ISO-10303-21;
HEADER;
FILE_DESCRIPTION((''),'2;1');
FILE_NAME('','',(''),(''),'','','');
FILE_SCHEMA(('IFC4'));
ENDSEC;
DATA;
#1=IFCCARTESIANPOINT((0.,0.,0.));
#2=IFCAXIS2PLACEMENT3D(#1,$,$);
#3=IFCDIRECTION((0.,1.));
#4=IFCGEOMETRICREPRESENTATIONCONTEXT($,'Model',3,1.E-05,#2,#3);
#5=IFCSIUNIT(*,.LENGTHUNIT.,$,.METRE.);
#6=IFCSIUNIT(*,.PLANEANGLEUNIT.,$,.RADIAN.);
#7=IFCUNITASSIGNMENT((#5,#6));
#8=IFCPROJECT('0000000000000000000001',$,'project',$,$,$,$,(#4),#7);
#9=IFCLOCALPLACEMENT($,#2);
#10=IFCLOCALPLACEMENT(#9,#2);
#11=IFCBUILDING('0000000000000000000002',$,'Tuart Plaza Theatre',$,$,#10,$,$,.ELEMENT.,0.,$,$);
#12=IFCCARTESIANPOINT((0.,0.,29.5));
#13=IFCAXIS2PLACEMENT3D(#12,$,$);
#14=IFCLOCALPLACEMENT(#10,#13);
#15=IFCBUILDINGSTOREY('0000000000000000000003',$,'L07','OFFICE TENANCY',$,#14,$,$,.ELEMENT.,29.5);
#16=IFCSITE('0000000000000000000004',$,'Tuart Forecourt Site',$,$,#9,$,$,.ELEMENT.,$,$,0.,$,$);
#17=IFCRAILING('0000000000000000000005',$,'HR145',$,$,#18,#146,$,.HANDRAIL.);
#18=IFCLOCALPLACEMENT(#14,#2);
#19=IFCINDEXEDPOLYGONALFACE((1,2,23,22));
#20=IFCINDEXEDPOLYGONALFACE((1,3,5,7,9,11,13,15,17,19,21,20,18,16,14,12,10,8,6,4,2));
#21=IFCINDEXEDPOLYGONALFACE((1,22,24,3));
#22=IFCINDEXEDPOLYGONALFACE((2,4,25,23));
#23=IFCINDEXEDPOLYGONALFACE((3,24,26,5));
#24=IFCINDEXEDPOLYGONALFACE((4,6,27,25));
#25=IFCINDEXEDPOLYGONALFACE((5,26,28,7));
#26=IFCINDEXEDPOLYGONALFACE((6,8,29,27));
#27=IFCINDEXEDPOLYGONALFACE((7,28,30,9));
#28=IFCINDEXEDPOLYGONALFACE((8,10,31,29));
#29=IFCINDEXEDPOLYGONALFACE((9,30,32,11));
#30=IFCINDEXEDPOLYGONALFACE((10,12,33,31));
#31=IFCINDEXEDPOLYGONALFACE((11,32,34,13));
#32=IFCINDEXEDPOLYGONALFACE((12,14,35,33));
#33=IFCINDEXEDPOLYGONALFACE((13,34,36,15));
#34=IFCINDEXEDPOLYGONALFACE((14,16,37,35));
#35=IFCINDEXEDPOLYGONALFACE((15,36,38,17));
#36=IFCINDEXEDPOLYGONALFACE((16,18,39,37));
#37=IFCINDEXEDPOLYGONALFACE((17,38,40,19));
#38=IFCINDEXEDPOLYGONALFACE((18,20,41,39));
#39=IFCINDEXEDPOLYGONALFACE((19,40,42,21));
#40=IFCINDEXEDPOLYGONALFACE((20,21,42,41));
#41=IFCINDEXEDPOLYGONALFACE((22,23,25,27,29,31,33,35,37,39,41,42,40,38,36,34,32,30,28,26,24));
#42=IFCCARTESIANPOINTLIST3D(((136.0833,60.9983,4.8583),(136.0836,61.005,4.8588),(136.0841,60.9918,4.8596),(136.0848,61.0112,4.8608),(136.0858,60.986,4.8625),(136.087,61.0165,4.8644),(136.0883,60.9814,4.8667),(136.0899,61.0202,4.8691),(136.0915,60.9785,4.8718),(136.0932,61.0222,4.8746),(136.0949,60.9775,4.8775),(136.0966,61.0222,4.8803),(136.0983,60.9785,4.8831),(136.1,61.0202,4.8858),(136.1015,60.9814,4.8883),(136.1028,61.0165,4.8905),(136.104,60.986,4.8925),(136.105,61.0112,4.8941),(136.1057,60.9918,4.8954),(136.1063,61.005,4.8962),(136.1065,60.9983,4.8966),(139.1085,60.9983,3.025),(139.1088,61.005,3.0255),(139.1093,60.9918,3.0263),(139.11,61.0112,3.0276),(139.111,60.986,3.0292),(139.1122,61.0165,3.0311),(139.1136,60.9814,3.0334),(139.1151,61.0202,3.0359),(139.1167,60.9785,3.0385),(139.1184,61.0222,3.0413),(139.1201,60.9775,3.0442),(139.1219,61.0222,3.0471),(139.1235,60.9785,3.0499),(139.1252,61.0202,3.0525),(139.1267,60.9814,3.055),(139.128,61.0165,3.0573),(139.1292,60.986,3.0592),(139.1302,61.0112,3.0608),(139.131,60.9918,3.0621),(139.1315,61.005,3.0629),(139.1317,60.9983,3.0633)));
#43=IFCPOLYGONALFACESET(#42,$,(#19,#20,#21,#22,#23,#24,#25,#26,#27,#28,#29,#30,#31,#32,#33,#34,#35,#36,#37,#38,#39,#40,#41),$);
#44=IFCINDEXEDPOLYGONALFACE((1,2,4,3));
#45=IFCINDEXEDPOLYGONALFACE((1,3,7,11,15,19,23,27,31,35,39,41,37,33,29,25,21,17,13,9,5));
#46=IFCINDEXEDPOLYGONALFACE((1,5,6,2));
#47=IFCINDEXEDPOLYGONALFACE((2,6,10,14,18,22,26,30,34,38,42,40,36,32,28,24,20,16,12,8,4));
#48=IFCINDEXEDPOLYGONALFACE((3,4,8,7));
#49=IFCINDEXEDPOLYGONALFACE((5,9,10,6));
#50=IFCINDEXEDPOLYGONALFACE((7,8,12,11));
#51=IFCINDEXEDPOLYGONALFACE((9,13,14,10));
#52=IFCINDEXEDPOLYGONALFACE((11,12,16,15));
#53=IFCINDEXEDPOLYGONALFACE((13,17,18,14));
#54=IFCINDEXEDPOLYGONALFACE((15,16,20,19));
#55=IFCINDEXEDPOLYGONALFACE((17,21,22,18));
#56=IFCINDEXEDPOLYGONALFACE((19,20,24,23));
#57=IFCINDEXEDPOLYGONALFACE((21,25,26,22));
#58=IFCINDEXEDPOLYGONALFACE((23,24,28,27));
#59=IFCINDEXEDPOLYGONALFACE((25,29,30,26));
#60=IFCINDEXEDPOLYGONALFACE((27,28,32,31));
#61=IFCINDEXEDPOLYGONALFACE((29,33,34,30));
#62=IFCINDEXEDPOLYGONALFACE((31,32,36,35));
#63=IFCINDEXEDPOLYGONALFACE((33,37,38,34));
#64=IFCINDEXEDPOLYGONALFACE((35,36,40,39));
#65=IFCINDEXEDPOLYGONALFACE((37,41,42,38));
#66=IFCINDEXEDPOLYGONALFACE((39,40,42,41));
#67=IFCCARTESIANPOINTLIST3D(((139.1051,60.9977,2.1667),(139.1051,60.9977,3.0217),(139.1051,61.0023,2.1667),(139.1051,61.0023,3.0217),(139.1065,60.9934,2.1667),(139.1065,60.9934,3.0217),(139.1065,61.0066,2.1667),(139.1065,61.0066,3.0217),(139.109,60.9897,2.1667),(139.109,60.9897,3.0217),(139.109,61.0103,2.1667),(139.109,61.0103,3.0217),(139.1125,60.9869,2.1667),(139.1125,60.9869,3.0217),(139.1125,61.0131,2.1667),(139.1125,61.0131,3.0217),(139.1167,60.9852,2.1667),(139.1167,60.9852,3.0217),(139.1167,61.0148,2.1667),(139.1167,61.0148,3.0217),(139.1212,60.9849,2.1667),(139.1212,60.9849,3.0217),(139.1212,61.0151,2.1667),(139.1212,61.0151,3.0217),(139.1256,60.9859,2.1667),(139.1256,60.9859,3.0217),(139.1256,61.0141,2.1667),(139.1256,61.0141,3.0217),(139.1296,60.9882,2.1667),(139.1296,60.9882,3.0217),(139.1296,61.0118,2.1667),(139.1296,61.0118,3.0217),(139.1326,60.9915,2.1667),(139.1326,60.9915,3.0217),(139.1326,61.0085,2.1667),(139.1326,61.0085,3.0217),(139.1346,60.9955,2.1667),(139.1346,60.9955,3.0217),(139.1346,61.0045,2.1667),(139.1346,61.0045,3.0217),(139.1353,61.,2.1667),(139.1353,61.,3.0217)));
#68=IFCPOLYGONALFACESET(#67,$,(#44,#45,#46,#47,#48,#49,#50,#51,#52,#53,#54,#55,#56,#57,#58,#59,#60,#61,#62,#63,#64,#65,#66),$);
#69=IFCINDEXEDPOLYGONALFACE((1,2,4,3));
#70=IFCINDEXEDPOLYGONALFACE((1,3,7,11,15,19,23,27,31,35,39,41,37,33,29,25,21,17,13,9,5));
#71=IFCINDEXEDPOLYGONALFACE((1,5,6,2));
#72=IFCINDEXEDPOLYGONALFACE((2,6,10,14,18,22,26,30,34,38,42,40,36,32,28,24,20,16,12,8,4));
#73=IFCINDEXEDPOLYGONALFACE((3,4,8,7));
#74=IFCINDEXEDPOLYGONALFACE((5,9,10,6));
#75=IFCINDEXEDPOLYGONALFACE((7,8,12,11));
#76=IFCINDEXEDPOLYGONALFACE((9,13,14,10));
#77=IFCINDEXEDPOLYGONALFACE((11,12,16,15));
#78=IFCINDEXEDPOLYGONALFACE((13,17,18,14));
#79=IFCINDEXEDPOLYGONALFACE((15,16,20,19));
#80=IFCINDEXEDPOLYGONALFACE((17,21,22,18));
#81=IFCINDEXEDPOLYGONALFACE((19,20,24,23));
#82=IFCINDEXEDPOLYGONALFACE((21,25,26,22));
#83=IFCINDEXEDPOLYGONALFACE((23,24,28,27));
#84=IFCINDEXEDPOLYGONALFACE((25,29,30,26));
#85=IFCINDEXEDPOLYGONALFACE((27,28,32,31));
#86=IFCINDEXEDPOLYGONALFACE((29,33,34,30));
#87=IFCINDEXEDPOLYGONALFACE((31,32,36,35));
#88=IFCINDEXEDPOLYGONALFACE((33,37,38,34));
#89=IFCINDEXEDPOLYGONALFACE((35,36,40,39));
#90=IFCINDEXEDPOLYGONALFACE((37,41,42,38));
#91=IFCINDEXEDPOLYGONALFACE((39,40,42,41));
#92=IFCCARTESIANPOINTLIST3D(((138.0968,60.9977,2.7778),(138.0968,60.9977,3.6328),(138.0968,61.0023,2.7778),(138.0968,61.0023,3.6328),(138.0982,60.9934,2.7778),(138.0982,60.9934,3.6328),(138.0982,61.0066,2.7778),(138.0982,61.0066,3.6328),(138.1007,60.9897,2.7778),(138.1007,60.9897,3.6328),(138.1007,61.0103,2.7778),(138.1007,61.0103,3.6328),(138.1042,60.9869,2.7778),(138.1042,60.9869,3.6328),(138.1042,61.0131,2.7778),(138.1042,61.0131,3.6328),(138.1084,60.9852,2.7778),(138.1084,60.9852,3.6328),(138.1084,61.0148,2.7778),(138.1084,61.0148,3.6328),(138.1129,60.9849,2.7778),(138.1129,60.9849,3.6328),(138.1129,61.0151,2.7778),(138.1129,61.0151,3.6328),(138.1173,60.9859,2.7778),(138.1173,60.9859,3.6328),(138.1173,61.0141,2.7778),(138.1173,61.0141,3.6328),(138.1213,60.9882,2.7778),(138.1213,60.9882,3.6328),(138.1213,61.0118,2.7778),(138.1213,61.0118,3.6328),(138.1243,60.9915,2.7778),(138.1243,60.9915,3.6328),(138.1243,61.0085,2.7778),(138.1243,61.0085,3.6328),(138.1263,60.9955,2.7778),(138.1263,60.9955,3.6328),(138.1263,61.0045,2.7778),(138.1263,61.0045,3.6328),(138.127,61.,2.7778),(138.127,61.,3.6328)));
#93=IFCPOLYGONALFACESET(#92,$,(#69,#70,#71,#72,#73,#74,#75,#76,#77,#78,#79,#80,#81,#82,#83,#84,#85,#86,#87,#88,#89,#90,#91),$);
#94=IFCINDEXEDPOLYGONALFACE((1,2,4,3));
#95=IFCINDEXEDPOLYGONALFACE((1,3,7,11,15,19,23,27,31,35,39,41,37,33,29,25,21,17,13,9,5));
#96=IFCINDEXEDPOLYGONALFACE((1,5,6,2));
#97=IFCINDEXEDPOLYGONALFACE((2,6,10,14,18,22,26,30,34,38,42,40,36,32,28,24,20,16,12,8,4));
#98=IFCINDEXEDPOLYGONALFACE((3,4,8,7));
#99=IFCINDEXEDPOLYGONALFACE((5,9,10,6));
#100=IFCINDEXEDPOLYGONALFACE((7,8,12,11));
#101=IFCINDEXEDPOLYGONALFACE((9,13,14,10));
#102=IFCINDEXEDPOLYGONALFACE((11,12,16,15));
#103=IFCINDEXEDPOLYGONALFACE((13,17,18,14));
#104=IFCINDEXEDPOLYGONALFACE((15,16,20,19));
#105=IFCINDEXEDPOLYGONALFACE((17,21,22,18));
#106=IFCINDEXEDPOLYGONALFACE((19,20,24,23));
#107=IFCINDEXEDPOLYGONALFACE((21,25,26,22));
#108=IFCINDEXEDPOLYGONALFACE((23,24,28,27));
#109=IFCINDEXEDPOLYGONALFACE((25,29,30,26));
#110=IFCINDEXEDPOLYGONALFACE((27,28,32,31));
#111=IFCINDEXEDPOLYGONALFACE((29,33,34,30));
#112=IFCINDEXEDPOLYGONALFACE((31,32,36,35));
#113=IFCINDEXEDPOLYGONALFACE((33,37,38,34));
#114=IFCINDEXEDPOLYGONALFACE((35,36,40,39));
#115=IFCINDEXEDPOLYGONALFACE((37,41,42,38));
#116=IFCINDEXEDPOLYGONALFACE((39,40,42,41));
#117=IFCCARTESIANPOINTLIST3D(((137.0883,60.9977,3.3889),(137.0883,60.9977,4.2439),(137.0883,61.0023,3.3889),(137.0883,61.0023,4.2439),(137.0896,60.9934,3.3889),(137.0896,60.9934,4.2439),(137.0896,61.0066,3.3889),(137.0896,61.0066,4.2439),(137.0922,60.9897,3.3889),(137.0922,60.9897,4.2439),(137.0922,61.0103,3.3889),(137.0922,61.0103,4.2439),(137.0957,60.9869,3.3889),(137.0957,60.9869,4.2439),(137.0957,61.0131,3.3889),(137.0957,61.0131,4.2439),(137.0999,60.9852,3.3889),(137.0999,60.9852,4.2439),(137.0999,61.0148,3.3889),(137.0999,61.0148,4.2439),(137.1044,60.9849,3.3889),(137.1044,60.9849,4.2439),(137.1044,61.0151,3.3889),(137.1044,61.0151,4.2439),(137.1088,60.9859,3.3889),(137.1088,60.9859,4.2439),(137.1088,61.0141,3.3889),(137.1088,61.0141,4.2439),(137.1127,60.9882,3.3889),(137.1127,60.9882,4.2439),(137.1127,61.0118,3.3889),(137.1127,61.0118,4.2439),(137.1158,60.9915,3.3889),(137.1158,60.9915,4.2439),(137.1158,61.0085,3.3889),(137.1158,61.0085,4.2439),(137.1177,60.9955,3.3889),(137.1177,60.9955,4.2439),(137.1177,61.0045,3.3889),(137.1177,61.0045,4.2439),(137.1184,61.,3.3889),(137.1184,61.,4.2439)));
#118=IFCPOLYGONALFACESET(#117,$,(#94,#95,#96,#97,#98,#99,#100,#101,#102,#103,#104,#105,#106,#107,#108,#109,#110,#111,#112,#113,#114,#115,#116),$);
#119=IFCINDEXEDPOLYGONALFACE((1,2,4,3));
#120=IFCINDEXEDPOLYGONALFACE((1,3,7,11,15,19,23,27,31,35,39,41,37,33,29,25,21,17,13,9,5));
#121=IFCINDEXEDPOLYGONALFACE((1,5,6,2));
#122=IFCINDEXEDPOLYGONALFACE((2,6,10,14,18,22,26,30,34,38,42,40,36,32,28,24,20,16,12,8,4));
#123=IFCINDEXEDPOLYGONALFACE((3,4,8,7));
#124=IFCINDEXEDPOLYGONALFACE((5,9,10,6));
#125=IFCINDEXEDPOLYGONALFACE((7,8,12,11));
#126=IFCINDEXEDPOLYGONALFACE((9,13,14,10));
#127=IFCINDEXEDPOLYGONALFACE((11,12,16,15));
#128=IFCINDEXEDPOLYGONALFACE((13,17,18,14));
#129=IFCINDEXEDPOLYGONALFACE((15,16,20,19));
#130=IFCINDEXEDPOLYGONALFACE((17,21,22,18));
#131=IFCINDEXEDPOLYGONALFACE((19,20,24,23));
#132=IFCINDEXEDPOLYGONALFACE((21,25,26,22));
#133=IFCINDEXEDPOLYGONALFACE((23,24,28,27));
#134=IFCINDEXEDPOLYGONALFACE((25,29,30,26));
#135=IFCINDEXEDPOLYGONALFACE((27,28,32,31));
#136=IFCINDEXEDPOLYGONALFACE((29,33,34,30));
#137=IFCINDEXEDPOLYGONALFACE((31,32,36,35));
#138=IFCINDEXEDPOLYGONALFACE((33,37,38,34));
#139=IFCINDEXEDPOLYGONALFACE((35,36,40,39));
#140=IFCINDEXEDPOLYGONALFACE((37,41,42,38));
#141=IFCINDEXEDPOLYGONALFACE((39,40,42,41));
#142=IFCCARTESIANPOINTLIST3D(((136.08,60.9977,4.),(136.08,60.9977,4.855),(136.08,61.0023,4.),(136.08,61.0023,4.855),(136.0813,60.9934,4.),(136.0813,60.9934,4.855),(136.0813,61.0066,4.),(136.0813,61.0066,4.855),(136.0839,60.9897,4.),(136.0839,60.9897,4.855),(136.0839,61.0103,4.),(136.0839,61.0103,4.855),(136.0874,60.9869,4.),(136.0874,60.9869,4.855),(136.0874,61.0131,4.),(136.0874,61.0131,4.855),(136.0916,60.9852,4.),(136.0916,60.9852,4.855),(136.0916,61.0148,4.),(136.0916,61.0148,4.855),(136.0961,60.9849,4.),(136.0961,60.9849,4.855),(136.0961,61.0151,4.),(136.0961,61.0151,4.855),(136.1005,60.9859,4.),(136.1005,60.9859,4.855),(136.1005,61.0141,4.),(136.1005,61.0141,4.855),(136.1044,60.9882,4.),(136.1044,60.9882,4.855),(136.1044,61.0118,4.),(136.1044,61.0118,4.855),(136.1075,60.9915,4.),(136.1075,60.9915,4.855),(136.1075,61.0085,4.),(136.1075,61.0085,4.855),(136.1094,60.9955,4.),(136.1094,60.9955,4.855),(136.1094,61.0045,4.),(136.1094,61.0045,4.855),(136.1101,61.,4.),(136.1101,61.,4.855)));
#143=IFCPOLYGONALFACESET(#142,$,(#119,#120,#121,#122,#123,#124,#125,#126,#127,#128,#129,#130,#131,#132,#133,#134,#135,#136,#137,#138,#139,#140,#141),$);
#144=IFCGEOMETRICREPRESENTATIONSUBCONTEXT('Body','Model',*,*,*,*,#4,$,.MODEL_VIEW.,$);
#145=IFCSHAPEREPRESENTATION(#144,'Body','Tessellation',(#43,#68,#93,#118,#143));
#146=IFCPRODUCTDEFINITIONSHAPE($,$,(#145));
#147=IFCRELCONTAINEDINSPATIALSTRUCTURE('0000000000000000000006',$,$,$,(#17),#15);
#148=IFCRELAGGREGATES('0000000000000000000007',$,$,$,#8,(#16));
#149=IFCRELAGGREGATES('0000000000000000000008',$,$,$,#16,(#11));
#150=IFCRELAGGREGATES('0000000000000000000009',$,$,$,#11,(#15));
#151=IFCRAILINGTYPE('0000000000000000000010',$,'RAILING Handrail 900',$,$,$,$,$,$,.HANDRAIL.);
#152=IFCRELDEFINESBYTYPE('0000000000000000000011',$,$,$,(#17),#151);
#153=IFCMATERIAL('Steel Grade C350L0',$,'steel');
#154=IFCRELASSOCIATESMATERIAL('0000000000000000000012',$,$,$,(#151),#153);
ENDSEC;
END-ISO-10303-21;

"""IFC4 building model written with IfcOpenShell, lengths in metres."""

from ifc_helpers import new_model, si_unit, direction, frame, origin, origin_2d, place, context, subcontext, project, spatial, circle, extrude, material, type_object, element, save


model = new_model("IFC4")

# Units and contexts
model_context = context("Model", 3, precision=1e-05, world=origin(), true_north=direction((0.0, 1.0)))
body_context = subcontext(model_context, "Body", "Model", "MODEL_VIEW")
ifc_project = project(units=[si_unit("LENGTHUNIT", "METRE"), si_unit("PLANEANGLEUNIT", "RADIAN")], contexts=[model_context])

# Site, building, storey
site_placement = place(None, origin())
site = spatial("IfcSite", under=ifc_project, at=site_placement, Name="Tuart Forecourt Site", CompositionType="ELEMENT", RefElevation=0.0)
building_placement = place(site_placement, origin())
building = spatial("IfcBuilding", under=site, at=building_placement, Name="Tuart Plaza Theatre", CompositionType="ELEMENT", ElevationOfRefHeight=0.0)
storey_placement = place(building_placement, frame((0.0, 0.0, 29.5)))
storey = spatial("IfcBuildingStorey", under=building, at=storey_placement, Name="L07", Description="OFFICE TENANCY", CompositionType="ELEMENT", Elevation=29.5)

# Railing
ifc_material_1 = material(Name="Steel Grade C350L0", Category="steel")
railing_type_1 = type_object("IfcRailingType", Name="RAILING Handrail 900", PredefinedType="HANDRAIL", material=ifc_material_1)
for number, where, name in (
    (1, (139.1201, 61.0, 2.1667), "HR145"),
):
    element("IfcRailing", number, at=place(storey_placement, frame(where)), inside=storey, type_object=railing_type_1, Name=name, PredefinedType="HANDRAIL", context=body_context, shape_type="SweptSolid", body=[
        extrude(circle(Radius=0.0225, at=origin_2d()), frame((0.0, 0.0, 0.8774), z_axis=(-0.855219, 0.0, 0.518267), x_axis=(0.0, -1.0, 0.0)), (0.0, 0.0, 1.0), 3.5374),
        extrude(circle(Radius=0.0151, at=origin_2d()), origin(), (0.0, 0.0, 1.0), 0.855),
        extrude(circle(Radius=0.0151, at=origin_2d()), frame((-1.0083, 0.0, 0.6111)), (0.0, 0.0, 1.0), 0.855),
        extrude(circle(Radius=0.0151, at=origin_2d()), frame((-2.0168, 0.0, 1.2222)), (0.0, 0.0, 1.0), 0.855),
        extrude(circle(Radius=0.0151, at=origin_2d()), frame((-3.0251, 0.0, 1.8333)), (0.0, 0.0, 1.0), 0.855),
    ])

save(model, "model.ifc")
